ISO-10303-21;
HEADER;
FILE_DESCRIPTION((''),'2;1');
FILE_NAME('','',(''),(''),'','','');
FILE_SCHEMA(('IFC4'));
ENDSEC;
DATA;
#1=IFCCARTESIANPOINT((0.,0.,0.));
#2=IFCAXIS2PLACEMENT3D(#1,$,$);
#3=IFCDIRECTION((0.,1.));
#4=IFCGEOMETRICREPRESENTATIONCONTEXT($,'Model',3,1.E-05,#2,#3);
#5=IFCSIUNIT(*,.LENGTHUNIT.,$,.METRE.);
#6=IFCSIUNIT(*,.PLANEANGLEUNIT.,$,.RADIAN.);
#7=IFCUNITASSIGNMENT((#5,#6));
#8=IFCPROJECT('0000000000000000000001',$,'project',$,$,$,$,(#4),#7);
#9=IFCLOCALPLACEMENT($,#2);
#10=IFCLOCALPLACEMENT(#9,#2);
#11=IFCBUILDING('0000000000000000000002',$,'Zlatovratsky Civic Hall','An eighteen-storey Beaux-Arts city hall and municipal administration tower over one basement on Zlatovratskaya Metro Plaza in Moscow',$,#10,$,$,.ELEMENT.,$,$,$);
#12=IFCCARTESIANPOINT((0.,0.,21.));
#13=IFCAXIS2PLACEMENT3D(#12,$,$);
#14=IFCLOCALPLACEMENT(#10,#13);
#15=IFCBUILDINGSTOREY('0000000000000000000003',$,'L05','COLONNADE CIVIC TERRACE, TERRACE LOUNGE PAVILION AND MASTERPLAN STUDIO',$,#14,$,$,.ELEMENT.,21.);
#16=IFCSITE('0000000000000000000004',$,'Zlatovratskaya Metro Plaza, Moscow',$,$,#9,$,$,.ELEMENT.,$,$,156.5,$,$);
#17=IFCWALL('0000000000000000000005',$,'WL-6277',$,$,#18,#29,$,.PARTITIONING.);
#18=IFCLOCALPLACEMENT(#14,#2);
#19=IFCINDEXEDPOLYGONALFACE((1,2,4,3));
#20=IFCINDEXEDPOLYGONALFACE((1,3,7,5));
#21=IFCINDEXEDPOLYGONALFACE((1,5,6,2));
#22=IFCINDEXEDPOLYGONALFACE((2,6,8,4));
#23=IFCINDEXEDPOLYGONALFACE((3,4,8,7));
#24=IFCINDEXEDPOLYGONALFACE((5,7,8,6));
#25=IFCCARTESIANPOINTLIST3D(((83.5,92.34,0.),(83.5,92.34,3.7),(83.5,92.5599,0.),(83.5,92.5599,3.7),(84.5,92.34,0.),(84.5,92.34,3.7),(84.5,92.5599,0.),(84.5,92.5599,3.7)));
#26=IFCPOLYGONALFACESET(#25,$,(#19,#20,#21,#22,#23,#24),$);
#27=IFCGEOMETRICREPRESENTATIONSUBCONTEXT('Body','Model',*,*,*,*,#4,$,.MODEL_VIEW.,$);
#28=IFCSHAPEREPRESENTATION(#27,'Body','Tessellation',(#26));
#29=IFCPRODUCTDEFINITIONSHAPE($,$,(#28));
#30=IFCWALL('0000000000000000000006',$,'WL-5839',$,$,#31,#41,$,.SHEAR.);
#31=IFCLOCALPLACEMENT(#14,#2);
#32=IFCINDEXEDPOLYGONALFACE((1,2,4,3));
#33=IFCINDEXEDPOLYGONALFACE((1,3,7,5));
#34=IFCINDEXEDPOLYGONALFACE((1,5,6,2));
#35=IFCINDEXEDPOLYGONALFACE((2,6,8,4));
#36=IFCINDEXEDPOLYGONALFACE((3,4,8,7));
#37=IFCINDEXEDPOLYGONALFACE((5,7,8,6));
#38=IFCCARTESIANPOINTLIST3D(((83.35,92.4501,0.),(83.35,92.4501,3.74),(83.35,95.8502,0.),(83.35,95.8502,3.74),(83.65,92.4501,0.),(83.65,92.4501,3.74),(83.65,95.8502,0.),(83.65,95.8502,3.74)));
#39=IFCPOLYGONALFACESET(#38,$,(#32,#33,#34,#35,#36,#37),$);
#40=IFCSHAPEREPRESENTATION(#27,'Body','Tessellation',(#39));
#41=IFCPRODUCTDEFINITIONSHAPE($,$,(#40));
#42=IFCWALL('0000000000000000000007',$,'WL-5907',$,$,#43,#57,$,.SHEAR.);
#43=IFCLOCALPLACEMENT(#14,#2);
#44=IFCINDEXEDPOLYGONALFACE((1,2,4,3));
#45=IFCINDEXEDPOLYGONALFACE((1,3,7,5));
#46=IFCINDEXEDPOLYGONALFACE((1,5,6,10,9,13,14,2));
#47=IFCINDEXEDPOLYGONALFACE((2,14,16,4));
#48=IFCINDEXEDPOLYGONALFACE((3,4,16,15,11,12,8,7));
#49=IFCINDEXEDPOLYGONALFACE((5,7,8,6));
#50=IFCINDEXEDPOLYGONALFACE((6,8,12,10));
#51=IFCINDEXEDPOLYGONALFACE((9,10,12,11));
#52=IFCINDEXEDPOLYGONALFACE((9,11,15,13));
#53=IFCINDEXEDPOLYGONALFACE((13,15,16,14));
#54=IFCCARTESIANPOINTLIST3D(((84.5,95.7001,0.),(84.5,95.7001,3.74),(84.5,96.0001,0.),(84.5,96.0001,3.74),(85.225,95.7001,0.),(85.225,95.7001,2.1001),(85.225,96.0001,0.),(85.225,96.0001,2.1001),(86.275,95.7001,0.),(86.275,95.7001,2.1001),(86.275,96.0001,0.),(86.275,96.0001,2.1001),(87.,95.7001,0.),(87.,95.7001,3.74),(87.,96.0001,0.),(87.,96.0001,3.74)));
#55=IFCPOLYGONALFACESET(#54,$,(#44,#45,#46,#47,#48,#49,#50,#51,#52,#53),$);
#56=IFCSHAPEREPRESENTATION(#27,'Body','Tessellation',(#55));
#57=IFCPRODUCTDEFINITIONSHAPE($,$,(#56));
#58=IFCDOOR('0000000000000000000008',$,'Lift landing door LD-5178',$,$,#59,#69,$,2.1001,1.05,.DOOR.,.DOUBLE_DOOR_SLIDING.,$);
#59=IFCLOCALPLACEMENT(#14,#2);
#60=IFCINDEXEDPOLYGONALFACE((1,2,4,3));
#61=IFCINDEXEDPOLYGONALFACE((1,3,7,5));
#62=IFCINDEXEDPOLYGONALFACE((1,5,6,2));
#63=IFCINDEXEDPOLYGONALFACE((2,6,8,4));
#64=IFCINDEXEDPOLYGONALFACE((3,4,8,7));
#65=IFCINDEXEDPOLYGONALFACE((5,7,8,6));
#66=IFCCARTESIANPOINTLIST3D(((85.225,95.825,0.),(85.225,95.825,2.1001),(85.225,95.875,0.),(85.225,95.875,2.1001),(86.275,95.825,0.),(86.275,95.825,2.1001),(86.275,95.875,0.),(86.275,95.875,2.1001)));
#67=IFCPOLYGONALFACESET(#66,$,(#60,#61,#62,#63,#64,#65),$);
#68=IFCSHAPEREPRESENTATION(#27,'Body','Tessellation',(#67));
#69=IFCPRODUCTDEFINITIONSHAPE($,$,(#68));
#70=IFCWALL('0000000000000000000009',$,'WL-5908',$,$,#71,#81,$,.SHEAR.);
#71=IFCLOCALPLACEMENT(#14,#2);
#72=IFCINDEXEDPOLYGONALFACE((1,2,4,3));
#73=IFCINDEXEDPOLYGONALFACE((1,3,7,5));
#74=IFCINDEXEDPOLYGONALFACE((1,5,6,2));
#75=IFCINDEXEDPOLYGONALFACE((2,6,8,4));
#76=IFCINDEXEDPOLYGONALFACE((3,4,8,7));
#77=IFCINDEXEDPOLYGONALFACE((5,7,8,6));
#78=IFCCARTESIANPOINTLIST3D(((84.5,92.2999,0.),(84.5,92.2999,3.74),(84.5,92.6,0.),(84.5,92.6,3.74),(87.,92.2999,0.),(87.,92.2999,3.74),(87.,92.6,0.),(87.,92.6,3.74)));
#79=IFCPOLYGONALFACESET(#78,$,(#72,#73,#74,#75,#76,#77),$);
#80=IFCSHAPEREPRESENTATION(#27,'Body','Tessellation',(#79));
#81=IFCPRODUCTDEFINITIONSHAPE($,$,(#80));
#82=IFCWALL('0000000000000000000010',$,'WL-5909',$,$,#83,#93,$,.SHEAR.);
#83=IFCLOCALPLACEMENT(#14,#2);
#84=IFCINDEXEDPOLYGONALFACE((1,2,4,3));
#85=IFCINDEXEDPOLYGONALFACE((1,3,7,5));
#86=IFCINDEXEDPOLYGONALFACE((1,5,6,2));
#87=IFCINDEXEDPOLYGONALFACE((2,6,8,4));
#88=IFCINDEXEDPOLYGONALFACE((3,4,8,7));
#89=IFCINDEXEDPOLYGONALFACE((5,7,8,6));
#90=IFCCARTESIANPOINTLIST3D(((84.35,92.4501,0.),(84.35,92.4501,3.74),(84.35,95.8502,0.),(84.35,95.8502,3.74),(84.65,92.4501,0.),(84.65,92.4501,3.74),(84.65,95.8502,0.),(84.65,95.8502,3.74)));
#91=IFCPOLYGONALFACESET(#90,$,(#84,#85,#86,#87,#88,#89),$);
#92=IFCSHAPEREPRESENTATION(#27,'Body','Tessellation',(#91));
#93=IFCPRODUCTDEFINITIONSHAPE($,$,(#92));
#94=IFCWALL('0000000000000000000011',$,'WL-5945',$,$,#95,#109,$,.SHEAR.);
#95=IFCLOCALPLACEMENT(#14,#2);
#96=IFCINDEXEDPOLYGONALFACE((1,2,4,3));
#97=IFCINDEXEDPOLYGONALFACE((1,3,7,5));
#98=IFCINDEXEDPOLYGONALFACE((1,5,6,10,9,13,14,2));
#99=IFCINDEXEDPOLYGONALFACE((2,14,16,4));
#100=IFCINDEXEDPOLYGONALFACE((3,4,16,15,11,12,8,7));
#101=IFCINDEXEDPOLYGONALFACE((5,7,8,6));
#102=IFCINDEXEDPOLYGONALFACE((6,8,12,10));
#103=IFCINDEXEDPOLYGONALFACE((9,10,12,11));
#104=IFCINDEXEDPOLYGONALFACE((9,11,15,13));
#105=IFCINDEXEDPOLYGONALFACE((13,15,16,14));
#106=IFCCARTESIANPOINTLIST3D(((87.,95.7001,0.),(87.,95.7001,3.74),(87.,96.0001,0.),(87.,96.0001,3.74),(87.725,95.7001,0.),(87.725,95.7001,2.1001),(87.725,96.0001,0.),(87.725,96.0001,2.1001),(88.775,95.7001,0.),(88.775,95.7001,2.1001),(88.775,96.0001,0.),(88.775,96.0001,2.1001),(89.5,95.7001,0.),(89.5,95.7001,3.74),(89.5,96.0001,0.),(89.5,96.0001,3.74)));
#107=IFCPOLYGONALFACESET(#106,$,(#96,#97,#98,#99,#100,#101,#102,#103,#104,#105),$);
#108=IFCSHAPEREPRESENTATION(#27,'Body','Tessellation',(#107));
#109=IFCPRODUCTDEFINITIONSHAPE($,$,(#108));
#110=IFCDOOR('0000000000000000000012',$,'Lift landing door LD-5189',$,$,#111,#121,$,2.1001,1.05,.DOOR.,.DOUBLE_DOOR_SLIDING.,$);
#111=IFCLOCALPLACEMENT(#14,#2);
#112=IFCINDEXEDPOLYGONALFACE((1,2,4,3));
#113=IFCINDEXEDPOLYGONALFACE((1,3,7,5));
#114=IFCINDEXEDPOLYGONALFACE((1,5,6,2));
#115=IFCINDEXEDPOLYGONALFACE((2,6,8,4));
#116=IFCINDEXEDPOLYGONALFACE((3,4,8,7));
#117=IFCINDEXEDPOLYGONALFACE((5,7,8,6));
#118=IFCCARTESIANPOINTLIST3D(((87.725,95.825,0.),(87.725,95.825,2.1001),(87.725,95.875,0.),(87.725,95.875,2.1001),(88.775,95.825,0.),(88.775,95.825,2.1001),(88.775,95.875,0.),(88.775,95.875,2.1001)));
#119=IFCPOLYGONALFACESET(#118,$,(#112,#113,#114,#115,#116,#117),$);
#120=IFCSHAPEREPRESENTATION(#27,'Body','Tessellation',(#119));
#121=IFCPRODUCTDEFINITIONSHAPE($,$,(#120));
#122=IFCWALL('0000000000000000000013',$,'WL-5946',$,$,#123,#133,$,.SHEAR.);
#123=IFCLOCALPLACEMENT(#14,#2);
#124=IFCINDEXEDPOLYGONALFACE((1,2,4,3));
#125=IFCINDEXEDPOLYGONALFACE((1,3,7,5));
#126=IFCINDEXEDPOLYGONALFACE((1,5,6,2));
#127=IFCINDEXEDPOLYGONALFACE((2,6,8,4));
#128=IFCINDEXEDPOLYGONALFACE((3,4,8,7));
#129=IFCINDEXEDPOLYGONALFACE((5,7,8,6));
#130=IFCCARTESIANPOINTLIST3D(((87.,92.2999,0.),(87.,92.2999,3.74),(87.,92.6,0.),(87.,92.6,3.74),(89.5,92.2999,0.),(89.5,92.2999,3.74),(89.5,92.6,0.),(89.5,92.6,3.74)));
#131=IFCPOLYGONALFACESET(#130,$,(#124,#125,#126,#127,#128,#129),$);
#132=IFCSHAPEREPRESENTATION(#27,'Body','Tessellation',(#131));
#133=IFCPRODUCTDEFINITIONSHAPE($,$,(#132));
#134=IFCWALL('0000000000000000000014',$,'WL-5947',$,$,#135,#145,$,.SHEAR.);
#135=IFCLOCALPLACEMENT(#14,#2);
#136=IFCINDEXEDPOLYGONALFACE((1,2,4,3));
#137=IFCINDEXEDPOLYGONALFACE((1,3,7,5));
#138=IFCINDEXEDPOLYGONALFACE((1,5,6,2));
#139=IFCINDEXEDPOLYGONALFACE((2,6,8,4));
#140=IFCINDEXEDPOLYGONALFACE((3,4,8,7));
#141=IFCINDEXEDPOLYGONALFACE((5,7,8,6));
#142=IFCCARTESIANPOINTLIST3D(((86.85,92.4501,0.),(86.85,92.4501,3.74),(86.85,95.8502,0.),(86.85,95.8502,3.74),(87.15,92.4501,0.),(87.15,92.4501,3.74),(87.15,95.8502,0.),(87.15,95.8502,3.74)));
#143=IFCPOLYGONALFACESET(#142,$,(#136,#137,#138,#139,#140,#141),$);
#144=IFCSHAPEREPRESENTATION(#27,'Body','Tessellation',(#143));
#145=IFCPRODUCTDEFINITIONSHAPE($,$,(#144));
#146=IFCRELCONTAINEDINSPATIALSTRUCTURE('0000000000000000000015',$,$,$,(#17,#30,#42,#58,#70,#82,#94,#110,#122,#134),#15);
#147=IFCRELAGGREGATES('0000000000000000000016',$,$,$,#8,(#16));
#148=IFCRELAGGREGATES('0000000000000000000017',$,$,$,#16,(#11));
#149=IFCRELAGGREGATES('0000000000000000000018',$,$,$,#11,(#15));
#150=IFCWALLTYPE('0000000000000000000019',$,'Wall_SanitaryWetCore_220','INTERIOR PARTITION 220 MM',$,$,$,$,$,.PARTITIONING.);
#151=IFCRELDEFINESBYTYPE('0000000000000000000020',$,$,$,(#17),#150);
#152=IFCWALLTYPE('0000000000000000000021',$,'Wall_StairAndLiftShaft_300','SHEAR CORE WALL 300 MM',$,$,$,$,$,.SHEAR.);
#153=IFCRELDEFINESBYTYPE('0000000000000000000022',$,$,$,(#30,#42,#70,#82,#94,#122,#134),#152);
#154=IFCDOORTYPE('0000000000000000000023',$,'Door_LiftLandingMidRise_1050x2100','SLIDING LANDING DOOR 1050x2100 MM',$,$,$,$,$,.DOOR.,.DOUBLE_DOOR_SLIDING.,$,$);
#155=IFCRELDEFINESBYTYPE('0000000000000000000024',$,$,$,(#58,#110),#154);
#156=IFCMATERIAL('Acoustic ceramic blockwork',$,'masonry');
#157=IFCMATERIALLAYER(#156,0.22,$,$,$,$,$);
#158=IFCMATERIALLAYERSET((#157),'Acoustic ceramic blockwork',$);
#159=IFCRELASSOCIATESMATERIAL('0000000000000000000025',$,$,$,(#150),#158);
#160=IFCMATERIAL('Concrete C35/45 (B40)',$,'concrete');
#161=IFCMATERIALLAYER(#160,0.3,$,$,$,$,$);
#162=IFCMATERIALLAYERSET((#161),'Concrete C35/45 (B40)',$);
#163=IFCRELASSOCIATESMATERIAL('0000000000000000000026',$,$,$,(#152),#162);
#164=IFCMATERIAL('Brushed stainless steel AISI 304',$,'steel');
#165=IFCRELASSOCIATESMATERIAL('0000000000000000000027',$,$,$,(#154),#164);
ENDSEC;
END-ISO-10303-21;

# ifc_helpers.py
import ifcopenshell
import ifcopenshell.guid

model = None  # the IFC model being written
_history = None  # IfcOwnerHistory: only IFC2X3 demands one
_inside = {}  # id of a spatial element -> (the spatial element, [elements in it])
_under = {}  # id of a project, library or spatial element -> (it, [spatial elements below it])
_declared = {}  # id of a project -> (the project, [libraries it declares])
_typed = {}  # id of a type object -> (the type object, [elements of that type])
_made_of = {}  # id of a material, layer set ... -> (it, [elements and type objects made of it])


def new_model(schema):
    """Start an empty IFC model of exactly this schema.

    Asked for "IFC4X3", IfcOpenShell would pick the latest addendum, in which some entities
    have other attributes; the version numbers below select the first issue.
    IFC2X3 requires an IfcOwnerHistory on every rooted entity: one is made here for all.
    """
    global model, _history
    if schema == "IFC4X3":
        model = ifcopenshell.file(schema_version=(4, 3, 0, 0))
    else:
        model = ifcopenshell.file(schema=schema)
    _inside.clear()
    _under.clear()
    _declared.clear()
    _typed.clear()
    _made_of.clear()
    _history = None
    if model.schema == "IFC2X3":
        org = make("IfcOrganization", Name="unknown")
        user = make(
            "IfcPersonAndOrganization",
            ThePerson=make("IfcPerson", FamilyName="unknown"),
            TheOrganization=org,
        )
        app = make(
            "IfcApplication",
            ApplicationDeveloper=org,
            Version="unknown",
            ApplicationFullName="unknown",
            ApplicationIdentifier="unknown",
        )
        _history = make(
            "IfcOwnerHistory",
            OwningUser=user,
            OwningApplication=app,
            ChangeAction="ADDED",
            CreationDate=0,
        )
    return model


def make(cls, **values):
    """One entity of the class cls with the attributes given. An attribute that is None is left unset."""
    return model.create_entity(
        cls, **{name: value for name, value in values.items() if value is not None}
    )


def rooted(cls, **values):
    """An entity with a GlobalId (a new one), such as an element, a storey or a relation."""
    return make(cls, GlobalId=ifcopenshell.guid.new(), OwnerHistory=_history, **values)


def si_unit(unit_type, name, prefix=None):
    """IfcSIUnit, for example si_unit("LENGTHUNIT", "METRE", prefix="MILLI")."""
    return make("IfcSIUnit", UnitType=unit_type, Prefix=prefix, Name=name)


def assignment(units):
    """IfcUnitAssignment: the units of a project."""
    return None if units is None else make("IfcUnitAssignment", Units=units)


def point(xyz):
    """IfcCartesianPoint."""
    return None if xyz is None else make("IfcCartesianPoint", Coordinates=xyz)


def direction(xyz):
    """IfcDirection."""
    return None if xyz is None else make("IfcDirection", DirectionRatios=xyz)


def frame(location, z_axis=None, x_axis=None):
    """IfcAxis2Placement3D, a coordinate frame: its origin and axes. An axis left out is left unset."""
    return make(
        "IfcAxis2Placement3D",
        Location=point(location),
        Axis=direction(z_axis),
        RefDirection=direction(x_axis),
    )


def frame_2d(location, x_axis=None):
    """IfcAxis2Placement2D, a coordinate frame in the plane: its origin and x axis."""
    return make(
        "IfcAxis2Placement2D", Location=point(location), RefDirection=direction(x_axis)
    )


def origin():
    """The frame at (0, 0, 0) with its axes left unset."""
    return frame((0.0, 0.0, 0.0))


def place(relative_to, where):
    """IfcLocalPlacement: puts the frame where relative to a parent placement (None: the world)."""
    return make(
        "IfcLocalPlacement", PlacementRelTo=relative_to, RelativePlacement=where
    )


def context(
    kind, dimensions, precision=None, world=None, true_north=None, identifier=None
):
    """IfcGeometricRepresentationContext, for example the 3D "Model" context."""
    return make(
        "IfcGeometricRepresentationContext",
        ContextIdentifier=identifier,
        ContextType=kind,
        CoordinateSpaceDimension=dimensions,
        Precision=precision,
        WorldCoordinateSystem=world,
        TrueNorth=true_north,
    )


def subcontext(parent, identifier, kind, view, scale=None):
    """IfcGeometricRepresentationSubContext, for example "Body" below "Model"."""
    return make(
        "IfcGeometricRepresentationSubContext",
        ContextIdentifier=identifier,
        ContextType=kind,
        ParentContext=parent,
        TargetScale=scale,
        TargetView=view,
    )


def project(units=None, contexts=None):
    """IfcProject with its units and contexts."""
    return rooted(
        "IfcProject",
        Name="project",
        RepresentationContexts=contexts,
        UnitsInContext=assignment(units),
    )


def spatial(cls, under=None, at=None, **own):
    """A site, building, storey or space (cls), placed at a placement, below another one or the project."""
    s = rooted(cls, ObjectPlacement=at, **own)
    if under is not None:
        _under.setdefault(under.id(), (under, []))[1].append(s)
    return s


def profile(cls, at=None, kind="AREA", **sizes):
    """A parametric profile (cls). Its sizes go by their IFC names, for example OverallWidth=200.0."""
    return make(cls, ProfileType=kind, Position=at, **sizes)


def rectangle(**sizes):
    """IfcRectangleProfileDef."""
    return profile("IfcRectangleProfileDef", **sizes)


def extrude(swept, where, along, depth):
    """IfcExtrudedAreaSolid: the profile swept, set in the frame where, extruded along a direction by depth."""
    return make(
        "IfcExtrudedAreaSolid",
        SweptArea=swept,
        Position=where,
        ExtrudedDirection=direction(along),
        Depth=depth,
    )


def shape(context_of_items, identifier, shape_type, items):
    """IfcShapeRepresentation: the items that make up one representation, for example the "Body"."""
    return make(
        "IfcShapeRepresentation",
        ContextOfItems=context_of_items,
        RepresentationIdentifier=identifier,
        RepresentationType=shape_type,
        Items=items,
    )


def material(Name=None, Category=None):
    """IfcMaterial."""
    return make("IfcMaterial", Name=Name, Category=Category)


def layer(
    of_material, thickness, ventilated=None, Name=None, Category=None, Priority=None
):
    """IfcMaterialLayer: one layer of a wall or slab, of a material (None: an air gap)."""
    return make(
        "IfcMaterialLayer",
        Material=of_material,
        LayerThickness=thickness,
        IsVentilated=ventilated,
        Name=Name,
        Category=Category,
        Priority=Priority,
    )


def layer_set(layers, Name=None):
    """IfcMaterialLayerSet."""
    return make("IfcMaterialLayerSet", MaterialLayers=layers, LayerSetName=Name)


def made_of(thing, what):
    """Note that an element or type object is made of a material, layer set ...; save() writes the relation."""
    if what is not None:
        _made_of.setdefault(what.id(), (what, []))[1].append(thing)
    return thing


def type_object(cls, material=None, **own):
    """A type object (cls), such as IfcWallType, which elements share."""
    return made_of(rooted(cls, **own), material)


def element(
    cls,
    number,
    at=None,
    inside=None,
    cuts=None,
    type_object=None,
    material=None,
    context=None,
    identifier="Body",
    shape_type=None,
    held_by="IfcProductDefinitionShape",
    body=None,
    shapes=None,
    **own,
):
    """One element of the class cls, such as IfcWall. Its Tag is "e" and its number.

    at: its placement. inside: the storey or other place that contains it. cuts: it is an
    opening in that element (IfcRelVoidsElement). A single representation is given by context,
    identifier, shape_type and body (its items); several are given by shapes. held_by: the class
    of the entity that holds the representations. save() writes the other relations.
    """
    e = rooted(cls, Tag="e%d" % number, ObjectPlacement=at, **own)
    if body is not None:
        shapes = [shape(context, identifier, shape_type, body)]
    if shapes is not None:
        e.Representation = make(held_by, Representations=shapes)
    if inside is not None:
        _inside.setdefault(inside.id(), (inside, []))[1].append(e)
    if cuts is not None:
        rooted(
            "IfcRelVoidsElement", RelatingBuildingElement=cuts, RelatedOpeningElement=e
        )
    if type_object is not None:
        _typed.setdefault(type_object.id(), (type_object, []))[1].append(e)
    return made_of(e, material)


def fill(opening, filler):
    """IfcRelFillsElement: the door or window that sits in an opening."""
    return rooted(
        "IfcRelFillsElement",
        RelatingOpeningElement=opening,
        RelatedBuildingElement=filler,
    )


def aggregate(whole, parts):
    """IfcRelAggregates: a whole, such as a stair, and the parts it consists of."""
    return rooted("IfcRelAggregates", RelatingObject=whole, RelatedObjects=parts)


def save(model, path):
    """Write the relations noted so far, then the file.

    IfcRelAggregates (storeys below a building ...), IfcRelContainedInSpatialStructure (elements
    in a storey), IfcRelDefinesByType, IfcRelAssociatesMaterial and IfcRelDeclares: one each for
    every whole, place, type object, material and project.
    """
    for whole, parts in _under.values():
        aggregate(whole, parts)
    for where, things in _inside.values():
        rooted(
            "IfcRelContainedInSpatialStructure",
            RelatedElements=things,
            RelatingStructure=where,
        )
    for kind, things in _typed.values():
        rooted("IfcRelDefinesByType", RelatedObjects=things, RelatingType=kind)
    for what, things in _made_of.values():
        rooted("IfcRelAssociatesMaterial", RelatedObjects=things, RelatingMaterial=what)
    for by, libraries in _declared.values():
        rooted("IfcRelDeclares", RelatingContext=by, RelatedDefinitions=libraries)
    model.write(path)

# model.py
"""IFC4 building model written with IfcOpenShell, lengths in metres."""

from ifc_helpers import new_model, si_unit, direction, frame, frame_2d, origin, place, context, subcontext, project, spatial, rectangle, extrude, material, layer, layer_set, type_object, element, fill, save


model = new_model("IFC4")

# Units and contexts
model_context = context("Model", 3, precision=1e-05, world=origin(), true_north=direction((0.0, 1.0)))
body_context = subcontext(model_context, "Body", "Model", "MODEL_VIEW")
ifc_project = project(units=[si_unit("LENGTHUNIT", "METRE"), si_unit("PLANEANGLEUNIT", "RADIAN")], contexts=[model_context])

# Site, building, storey
site_placement = place(None, origin())
site = spatial("IfcSite", under=ifc_project, at=site_placement, Name="Zlatovratskaya Metro Plaza, Moscow", CompositionType="ELEMENT", RefElevation=156.5)
building_placement = place(site_placement, origin())
building = spatial("IfcBuilding", under=site, at=building_placement, Name="Zlatovratsky Civic Hall", Description="An eighteen-storey Beaux-Arts city hall and municipal administration tower over one basement on Zlatovratskaya Metro Plaza in Moscow", CompositionType="ELEMENT")
storey_placement = place(building_placement, frame((0.0, 0.0, 21.0)))
storey = spatial("IfcBuildingStorey", under=building, at=storey_placement, Name="L05", Description="COLONNADE CIVIC TERRACE, TERRACE LOUNGE PAVILION AND MASTERPLAN STUDIO", CompositionType="ELEMENT", Elevation=21.0)

# Walls
ifc_material_1 = material(Name="Acoustic ceramic blockwork", Category="masonry")
ifc_layer_1 = layer(ifc_material_1, 0.22)
ifc_layer_set_1 = layer_set([ifc_layer_1], Name="Acoustic ceramic blockwork")
wall_type_1 = type_object("IfcWallType", Name="Wall_SanitaryWetCore_220", Description="INTERIOR PARTITION 220 MM", PredefinedType="PARTITIONING", material=ifc_layer_set_1)
wall_1_placement = place(storey_placement, frame((83.5, 92.45, 0.0), z_axis=(0.0, 0.0, 1.0), x_axis=(1.0, 0.0, 0.0)))
element("IfcWall", 1, at=wall_1_placement, inside=storey, type_object=wall_type_1, Name="WL-6277", PredefinedType="PARTITIONING", context=body_context, shape_type="SweptSolid", body=[
    extrude(rectangle(XDim=1.0, YDim=0.22, at=frame_2d((0.5, 0.0))), origin(), (0.0, 0.0, 1.0), 3.7),
])
ifc_material_2 = material(Name="Concrete C35/45 (B40)", Category="concrete")
ifc_layer_2 = layer(ifc_material_2, 0.3)
ifc_layer_set_2 = layer_set([ifc_layer_2], Name="Concrete C35/45 (B40)")
wall_type_2 = type_object("IfcWallType", Name="Wall_StairAndLiftShaft_300", Description="SHEAR CORE WALL 300 MM", PredefinedType="SHEAR", material=ifc_layer_set_2)
wall_2_placement = place(storey_placement, frame((83.5, 92.45, 0.0), z_axis=(0.0, 0.0, 1.0), x_axis=(0.0, 1.0, 0.0)))
element("IfcWall", 2, at=wall_2_placement, inside=storey, type_object=wall_type_2, Name="WL-5839", PredefinedType="SHEAR", context=body_context, shape_type="SweptSolid", body=[
    extrude(rectangle(XDim=3.4001, YDim=0.3, at=frame_2d((1.7002, 0.0))), origin(), (0.0, 0.0, 1.0), 3.74),
])

# Wall, opening, door
wall_3_placement = place(storey_placement, frame((84.5, 95.8501, 0.0), z_axis=(0.0, 0.0, 1.0), x_axis=(1.0, 0.0, 0.0)))
wall_3 = element("IfcWall", 3, at=wall_3_placement, inside=storey, type_object=wall_type_2, Name="WL-5907", PredefinedType="SHEAR", context=body_context, shape_type="SweptSolid", body=[
    extrude(rectangle(XDim=2.5, YDim=0.3, at=frame_2d((1.25, 0.0))), origin(), (0.0, 0.0, 1.0), 3.74),
])
opening_1_placement = place(wall_3_placement, frame((0.7251, 0.0, 0.0)))
opening_1 = element("IfcOpeningElement", 4, at=opening_1_placement, cuts=wall_3, PredefinedType="OPENING", context=body_context, shape_type="SweptSolid", body=[
    extrude(rectangle(XDim=1.05, YDim=2.1001, at=frame_2d((0.5249, 1.05))), frame((0.0, 0.165, 0.0), z_axis=(0.0, -1.0, 0.0), x_axis=(1.0, 0.0, 0.0)), (0.0, 0.0, 1.0), 0.3298),
])
ifc_material_3 = material(Name="Brushed stainless steel AISI 304", Category="steel")
door_type_1 = type_object("IfcDoorType", Name="Door_LiftLandingMidRise_1050x2100", Description="SLIDING LANDING DOOR 1050x2100 MM", OperationType="DOUBLE_DOOR_SLIDING", PredefinedType="DOOR", material=ifc_material_3)
door_1_placement = place(opening_1_placement, origin())
door_1 = element("IfcDoor", 5, at=door_1_placement, inside=storey, type_object=door_type_1, Name="Lift landing door LD-5178", OperationType="DOUBLE_DOOR_SLIDING", OverallHeight=2.1001, OverallWidth=1.05, PredefinedType="DOOR", context=body_context, shape_type="SweptSolid", body=[
    extrude(rectangle(XDim=1.05, YDim=2.1001, at=frame_2d((0.5249, 1.05))), frame((0.0, 0.0249, 0.0), z_axis=(0.0, -1.0, 0.0), x_axis=(1.0, 0.0, 0.0)), (0.0, 0.0, 1.0), 0.05),
])
fill(opening_1, door_1)

# Walls
wall_4_placement = place(storey_placement, frame((84.5, 92.45, 0.0), z_axis=(0.0, 0.0, 1.0), x_axis=(1.0, 0.0, 0.0)))
element("IfcWall", 6, at=wall_4_placement, inside=storey, type_object=wall_type_2, Name="WL-5908", PredefinedType="SHEAR", context=body_context, shape_type="SweptSolid", body=[
    extrude(rectangle(XDim=2.5, YDim=0.3, at=frame_2d((1.25, 0.0))), origin(), (0.0, 0.0, 1.0), 3.74),
])
wall_5_placement = place(storey_placement, frame((84.5, 92.45, 0.0), z_axis=(0.0, 0.0, 1.0), x_axis=(0.0, 1.0, 0.0)))
element("IfcWall", 7, at=wall_5_placement, inside=storey, type_object=wall_type_2, Name="WL-5909", PredefinedType="SHEAR", context=body_context, shape_type="SweptSolid", body=[
    extrude(rectangle(XDim=3.4001, YDim=0.3, at=frame_2d((1.7002, 0.0))), origin(), (0.0, 0.0, 1.0), 3.74),
])

# Wall, opening, door
wall_6_placement = place(storey_placement, frame((87.0, 95.8501, 0.0), z_axis=(0.0, 0.0, 1.0), x_axis=(1.0, 0.0, 0.0)))
wall_6 = element("IfcWall", 8, at=wall_6_placement, inside=storey, type_object=wall_type_2, Name="WL-5945", PredefinedType="SHEAR", context=body_context, shape_type="SweptSolid", body=[
    extrude(rectangle(XDim=2.5, YDim=0.3, at=frame_2d((1.25, 0.0))), origin(), (0.0, 0.0, 1.0), 3.74),
])
opening_2_placement = place(wall_6_placement, frame((0.7251, 0.0, 0.0)))
opening_2 = element("IfcOpeningElement", 9, at=opening_2_placement, cuts=wall_6, PredefinedType="OPENING", context=body_context, shape_type="SweptSolid", body=[
    extrude(rectangle(XDim=1.05, YDim=2.1001, at=frame_2d((0.5249, 1.05))), frame((0.0, 0.165, 0.0), z_axis=(0.0, -1.0, 0.0), x_axis=(1.0, 0.0, 0.0)), (0.0, 0.0, 1.0), 0.3298),
])
door_2_placement = place(opening_2_placement, origin())
door_2 = element("IfcDoor", 10, at=door_2_placement, inside=storey, type_object=door_type_1, Name="Lift landing door LD-5189", OperationType="DOUBLE_DOOR_SLIDING", OverallHeight=2.1001, OverallWidth=1.05, PredefinedType="DOOR", context=body_context, shape_type="SweptSolid", body=[
    extrude(rectangle(XDim=1.05, YDim=2.1001, at=frame_2d((0.5249, 1.05))), frame((0.0, 0.0249, 0.0), z_axis=(0.0, -1.0, 0.0), x_axis=(1.0, 0.0, 0.0)), (0.0, 0.0, 1.0), 0.05),
])
fill(opening_2, door_2)

# Walls
wall_7_placement = place(storey_placement, frame((87.0, 92.45, 0.0), z_axis=(0.0, 0.0, 1.0), x_axis=(1.0, 0.0, 0.0)))
element("IfcWall", 11, at=wall_7_placement, inside=storey, type_object=wall_type_2, Name="WL-5946", PredefinedType="SHEAR", context=body_context, shape_type="SweptSolid", body=[
    extrude(rectangle(XDim=2.5, YDim=0.3, at=frame_2d((1.25, 0.0))), origin(), (0.0, 0.0, 1.0), 3.74),
])
wall_8_placement = place(storey_placement, frame((87.0, 92.45, 0.0), z_axis=(0.0, 0.0, 1.0), x_axis=(0.0, 1.0, 0.0)))
element("IfcWall", 12, at=wall_8_placement, inside=storey, type_object=wall_type_2, Name="WL-5947", PredefinedType="SHEAR", context=body_context, shape_type="SweptSolid", body=[
    extrude(rectangle(XDim=3.4001, YDim=0.3, at=frame_2d((1.7002, 0.0))), origin(), (0.0, 0.0, 1.0), 3.74),
])

save(model, "model.ifc")
